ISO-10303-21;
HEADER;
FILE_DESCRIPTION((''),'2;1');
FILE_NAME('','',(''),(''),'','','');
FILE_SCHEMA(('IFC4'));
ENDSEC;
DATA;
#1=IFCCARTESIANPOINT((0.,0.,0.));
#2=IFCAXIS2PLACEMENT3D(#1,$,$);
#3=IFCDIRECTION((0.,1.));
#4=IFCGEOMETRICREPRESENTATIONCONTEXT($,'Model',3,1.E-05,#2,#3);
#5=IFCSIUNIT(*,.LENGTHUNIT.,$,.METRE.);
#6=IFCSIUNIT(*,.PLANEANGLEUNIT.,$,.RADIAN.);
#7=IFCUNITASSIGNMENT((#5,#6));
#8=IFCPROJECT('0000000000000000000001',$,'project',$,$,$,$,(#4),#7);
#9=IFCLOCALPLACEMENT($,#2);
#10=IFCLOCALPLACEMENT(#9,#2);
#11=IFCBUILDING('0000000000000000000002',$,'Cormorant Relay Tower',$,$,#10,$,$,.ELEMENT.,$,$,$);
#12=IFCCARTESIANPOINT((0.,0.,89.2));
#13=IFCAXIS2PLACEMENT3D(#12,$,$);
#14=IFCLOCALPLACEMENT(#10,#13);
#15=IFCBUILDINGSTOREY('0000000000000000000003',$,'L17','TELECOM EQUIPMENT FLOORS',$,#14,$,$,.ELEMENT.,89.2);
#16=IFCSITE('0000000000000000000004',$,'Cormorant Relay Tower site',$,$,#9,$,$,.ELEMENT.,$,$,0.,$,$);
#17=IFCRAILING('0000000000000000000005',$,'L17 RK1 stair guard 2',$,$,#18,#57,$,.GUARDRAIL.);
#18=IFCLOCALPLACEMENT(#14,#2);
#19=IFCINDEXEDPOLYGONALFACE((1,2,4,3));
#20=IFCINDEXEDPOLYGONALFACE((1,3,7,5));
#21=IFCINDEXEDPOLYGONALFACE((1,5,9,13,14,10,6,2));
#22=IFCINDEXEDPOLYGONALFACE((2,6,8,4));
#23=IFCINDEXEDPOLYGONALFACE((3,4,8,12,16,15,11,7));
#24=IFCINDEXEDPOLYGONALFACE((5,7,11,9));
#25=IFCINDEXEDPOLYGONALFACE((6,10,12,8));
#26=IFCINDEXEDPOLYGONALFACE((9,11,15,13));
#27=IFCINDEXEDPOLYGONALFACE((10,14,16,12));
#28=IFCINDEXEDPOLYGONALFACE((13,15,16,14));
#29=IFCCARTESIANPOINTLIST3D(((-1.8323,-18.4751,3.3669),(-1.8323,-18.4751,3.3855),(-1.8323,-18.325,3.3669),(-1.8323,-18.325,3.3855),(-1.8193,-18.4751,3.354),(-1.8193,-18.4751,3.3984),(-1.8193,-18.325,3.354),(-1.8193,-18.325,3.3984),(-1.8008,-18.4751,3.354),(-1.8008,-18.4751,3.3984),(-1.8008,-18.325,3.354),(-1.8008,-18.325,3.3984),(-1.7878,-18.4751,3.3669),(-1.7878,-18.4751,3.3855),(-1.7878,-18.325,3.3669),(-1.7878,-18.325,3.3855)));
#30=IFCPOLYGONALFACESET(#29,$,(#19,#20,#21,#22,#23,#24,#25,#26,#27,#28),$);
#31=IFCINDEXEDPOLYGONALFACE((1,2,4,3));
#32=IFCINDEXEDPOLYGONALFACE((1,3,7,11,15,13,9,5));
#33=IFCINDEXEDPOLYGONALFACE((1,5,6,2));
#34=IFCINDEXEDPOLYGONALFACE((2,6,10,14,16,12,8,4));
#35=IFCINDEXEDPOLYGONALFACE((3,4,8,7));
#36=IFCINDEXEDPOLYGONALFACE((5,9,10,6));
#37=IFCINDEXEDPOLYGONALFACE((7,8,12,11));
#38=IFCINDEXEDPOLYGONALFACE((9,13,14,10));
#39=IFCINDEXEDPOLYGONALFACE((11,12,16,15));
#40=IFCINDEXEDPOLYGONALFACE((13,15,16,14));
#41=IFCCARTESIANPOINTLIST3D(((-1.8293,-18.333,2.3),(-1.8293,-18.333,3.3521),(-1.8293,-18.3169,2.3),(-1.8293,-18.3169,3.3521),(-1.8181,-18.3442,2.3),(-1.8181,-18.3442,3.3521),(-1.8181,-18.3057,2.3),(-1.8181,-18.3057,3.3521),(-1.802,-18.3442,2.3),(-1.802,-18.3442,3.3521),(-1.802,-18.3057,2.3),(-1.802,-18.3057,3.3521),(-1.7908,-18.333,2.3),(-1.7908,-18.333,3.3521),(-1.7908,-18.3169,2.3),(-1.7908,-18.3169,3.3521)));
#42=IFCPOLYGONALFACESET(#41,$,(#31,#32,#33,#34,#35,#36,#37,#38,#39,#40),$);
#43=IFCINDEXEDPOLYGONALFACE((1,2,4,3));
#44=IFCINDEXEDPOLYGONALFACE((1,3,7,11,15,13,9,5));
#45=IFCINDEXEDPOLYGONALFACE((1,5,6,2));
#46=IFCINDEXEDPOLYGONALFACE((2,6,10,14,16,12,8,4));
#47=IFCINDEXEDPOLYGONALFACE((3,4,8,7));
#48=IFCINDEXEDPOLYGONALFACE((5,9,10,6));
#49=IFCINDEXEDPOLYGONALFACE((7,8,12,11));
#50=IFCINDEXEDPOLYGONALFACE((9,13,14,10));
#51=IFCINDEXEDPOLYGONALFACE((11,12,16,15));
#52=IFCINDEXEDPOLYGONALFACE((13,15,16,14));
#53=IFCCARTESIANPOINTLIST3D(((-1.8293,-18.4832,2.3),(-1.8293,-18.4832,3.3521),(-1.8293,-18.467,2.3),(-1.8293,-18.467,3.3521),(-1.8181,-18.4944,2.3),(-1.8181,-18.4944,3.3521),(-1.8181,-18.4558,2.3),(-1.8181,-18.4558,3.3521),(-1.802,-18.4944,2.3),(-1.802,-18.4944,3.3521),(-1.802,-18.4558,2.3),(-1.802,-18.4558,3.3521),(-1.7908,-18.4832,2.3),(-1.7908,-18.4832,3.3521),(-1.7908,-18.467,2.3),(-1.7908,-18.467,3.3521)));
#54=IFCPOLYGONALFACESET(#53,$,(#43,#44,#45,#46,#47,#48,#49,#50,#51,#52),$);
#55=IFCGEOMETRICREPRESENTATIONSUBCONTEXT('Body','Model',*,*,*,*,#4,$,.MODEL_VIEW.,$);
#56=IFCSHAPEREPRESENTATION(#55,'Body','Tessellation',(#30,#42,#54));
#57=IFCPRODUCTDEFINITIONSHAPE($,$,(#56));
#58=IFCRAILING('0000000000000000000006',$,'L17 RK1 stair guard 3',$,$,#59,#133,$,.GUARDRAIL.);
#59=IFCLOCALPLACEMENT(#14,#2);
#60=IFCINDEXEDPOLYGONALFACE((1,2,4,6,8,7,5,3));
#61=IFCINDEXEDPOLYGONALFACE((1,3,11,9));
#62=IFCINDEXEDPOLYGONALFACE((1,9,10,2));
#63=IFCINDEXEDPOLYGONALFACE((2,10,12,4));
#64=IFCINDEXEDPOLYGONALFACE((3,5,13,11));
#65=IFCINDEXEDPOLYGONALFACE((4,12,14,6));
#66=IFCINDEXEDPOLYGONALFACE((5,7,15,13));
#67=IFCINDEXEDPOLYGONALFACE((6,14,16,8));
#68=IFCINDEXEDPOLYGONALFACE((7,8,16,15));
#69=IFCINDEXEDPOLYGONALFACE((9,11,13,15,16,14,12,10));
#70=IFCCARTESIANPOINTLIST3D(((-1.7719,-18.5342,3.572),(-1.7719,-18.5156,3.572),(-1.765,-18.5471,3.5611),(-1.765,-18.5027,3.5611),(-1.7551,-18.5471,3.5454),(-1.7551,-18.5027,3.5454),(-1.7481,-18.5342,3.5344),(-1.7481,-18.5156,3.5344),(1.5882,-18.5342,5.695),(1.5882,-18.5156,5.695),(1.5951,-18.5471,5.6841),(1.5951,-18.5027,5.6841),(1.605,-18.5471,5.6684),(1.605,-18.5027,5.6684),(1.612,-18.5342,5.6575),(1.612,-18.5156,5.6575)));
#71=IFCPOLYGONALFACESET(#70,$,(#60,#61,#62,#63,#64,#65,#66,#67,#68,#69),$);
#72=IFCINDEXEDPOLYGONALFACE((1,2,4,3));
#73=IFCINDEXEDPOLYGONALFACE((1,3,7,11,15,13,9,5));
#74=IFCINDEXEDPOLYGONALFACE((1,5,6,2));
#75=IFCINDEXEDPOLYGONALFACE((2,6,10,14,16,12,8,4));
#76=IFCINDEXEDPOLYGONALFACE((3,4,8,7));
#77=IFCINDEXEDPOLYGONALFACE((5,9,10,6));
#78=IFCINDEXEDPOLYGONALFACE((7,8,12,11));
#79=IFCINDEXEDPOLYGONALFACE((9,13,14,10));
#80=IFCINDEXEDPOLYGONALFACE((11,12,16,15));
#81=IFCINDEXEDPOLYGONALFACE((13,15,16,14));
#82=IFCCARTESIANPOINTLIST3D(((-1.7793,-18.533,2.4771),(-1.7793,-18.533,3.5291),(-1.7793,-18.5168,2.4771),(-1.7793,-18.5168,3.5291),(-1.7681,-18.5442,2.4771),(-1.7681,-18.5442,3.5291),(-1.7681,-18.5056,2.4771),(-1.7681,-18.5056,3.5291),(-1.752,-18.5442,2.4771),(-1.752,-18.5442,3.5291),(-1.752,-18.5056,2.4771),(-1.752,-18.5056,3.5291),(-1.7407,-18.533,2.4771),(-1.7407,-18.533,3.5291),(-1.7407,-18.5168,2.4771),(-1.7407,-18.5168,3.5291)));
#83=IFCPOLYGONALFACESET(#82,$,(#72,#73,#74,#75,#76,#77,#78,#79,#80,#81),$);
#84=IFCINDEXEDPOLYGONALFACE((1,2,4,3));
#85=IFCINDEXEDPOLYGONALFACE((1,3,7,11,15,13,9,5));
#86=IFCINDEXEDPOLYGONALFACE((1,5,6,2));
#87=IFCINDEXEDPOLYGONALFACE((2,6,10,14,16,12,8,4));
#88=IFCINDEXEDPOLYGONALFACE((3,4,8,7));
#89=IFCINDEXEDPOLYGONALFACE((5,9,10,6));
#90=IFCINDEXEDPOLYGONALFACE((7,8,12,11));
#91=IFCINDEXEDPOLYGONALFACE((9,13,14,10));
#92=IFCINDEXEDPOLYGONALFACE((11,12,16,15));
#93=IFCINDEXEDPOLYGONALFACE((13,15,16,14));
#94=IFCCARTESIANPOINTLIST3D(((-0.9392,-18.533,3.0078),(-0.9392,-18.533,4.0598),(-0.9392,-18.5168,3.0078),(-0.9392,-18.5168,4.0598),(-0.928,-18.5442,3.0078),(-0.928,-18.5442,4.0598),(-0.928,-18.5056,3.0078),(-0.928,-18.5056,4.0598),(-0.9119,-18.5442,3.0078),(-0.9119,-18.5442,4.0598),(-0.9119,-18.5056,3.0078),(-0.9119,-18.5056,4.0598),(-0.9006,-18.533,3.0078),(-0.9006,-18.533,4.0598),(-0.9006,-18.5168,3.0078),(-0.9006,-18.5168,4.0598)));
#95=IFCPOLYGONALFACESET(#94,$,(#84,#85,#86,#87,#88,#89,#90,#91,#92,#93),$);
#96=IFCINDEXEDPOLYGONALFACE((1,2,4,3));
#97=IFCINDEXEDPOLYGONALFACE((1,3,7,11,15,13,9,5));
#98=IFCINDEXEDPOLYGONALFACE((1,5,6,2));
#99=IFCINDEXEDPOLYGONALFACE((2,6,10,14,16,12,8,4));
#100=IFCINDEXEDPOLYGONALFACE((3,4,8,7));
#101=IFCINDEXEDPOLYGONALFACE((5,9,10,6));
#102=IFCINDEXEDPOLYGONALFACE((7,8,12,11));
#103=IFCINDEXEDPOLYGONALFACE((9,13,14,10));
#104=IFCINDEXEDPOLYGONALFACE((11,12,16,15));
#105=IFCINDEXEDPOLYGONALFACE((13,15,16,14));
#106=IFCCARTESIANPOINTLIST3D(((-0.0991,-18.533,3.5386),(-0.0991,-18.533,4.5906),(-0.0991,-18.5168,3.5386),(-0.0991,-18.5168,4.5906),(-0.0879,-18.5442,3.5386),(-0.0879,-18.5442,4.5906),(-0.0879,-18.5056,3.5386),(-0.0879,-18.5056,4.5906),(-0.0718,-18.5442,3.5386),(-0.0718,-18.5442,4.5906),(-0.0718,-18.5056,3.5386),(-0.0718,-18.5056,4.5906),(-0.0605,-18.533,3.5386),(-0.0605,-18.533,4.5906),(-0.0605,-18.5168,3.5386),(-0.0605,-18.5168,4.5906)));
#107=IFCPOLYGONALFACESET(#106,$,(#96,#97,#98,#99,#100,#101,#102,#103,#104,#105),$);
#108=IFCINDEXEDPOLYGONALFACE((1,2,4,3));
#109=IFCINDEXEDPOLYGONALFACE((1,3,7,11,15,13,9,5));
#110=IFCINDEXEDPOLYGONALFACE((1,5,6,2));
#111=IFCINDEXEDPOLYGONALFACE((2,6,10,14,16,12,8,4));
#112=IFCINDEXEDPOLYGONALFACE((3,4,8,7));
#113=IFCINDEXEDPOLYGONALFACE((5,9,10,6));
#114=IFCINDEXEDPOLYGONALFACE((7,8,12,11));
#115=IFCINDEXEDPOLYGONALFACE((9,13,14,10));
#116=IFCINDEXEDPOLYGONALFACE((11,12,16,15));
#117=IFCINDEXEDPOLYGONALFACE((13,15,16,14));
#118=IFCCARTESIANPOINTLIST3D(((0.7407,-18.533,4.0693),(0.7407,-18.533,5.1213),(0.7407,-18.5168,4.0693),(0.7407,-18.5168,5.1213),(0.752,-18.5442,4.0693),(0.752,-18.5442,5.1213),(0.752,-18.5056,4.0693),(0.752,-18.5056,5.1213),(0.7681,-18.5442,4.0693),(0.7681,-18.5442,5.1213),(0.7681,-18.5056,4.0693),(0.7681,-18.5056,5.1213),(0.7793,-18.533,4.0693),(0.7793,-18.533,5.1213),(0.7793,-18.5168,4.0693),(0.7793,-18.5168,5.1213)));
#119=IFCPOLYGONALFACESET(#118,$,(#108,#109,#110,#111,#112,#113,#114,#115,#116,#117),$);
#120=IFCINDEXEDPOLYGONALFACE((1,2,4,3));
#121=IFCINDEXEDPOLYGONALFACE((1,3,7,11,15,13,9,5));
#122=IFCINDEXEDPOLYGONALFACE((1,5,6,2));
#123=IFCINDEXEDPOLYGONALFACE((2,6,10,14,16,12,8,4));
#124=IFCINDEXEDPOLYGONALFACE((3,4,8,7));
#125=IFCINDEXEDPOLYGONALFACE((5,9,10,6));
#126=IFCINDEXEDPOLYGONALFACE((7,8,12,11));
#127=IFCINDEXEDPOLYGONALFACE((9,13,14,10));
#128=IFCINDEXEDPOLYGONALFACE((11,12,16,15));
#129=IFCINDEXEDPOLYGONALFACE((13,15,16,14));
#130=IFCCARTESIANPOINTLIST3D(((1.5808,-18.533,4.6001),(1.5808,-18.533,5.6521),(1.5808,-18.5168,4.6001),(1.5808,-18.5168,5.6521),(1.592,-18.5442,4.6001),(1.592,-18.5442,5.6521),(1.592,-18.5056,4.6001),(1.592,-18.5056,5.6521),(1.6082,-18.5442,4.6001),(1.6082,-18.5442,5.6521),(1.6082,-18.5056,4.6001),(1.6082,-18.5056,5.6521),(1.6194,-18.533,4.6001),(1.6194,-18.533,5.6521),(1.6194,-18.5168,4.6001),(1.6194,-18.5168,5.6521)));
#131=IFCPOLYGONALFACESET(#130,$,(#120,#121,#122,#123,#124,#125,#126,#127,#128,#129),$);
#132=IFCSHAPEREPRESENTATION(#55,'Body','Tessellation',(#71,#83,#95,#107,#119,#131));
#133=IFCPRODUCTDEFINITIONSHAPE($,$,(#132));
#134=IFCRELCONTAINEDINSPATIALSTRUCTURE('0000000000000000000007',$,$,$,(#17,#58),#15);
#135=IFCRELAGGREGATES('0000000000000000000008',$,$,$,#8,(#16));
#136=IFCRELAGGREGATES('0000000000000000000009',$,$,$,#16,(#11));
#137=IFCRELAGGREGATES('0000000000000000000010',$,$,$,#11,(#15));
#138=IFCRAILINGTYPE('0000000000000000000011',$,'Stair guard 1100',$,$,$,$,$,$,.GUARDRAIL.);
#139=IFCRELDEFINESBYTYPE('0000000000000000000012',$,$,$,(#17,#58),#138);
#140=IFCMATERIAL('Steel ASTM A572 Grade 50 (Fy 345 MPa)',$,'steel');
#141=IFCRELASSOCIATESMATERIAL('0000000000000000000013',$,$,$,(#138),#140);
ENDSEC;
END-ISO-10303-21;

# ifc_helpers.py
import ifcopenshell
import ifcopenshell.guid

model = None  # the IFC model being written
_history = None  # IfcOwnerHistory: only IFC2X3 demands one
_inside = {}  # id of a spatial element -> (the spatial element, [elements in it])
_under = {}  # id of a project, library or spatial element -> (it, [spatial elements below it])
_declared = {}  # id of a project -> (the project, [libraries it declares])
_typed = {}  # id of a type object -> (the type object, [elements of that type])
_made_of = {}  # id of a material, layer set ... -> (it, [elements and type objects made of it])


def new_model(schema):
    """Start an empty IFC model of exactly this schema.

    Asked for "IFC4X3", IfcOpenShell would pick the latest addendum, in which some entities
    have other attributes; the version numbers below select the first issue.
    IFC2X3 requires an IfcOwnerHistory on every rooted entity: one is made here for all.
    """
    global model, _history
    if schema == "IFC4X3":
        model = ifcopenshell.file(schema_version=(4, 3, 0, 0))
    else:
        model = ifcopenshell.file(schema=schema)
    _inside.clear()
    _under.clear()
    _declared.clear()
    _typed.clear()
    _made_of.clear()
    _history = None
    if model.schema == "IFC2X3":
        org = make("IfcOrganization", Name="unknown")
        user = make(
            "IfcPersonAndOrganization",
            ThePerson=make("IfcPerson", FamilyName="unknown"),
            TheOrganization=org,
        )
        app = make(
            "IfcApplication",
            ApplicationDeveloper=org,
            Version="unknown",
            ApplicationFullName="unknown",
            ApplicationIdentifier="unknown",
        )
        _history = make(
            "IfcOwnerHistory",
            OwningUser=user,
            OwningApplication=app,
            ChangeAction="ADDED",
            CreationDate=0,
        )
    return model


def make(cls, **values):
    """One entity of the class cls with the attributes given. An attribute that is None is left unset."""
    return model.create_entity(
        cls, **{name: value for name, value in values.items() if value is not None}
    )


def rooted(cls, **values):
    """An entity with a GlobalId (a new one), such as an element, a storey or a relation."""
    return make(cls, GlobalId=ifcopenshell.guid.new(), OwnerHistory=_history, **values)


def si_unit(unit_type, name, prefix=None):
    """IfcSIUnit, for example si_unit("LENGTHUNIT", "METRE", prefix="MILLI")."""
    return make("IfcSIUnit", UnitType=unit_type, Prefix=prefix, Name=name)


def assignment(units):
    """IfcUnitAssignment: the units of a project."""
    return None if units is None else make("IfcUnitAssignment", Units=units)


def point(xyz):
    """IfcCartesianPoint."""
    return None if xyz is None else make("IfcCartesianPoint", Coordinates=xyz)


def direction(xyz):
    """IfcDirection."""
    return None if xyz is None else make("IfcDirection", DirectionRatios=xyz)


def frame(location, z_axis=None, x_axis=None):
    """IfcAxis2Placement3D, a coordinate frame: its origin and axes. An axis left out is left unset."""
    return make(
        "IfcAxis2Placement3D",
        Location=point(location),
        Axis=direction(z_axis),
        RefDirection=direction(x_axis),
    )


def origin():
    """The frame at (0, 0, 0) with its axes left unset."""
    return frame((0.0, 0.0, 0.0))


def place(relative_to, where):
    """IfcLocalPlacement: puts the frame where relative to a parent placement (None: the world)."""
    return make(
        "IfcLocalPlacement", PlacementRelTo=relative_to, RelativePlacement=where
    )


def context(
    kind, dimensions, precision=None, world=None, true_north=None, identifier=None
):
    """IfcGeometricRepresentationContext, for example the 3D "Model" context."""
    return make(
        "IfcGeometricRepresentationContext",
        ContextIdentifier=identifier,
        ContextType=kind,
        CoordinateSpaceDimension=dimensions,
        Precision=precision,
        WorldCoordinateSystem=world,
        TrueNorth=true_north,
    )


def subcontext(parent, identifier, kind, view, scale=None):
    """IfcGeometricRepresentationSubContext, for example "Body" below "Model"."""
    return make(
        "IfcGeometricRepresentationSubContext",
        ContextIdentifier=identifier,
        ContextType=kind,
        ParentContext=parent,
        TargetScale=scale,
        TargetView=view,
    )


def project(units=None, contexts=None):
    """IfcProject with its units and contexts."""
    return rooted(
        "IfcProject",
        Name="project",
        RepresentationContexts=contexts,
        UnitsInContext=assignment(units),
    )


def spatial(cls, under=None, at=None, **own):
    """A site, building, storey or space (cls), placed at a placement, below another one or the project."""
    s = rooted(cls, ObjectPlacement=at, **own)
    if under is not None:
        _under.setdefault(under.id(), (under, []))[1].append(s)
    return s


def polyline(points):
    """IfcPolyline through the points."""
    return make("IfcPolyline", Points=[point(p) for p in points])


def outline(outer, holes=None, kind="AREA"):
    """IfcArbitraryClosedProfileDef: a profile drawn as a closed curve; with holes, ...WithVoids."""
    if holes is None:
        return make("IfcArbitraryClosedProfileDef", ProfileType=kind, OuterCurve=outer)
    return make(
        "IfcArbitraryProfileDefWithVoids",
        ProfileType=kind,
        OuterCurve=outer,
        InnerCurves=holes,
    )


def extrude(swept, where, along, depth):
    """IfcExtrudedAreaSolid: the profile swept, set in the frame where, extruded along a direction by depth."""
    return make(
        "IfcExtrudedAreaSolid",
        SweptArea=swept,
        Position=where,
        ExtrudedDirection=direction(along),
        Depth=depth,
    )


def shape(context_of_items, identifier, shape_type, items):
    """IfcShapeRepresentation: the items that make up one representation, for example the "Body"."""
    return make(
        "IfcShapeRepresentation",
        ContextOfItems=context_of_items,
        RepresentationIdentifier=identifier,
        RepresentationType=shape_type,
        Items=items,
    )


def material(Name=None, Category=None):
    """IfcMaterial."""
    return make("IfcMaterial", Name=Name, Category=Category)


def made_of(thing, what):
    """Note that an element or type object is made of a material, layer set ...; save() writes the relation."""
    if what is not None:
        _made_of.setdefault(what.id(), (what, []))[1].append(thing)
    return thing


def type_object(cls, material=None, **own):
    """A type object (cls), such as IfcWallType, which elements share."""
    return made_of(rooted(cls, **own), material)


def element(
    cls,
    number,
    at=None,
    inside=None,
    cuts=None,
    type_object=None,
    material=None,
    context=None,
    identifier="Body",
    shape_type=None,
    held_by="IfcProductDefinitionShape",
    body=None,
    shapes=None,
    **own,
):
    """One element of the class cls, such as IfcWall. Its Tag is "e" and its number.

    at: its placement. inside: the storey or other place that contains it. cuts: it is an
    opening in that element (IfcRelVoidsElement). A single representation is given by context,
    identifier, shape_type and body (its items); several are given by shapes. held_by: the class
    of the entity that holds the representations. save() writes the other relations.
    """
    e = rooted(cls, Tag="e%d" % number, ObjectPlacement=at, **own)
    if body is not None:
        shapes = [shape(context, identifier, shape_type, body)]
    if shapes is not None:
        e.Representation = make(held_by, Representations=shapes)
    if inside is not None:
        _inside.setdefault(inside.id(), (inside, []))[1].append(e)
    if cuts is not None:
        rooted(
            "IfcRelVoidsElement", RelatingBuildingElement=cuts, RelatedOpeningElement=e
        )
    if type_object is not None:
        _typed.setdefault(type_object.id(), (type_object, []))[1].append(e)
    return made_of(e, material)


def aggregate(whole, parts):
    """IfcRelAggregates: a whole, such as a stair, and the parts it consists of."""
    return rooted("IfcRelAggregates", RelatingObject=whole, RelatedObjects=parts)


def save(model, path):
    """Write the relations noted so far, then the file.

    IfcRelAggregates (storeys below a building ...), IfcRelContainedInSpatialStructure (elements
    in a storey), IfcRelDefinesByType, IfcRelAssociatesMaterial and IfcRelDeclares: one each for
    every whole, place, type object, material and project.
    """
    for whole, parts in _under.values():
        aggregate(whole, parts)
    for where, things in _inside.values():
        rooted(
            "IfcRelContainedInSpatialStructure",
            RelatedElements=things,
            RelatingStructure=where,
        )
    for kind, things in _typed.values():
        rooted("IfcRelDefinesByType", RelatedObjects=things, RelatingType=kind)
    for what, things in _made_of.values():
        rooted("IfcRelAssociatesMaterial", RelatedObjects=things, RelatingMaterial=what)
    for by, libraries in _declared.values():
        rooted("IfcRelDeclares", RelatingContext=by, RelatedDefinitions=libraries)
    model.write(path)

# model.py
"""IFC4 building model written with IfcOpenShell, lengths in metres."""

from ifc_helpers import new_model, si_unit, direction, frame, origin, place, context, subcontext, project, spatial, polyline, outline, extrude, material, type_object, element, save


model = new_model("IFC4")

# Units and contexts
model_context = context("Model", 3, precision=1e-05, world=origin(), true_north=direction((0.0, 1.0)))
body_context = subcontext(model_context, "Body", "Model", "MODEL_VIEW")
ifc_project = project(units=[si_unit("LENGTHUNIT", "METRE"), si_unit("PLANEANGLEUNIT", "RADIAN")], contexts=[model_context])

# Site, building, storey
site_placement = place(None, origin())
site = spatial("IfcSite", under=ifc_project, at=site_placement, Name="Cormorant Relay Tower site", CompositionType="ELEMENT", RefElevation=0.0)
building_placement = place(site_placement, origin())
building = spatial("IfcBuilding", under=site, at=building_placement, Name="Cormorant Relay Tower", CompositionType="ELEMENT")
storey_placement = place(building_placement, frame((0.0, 0.0, 89.2)))
storey = spatial("IfcBuildingStorey", under=building, at=storey_placement, Name="L17", Description="TELECOM EQUIPMENT FLOORS", CompositionType="ELEMENT", Elevation=89.2)

# Railings
ifc_material_1 = material(Name="Steel ASTM A572 Grade 50 (Fy 345 MPa)", Category="steel")
railing_type_1 = type_object("IfcRailingType", Name="Stair guard 1100", PredefinedType="GUARDRAIL", material=ifc_material_1)
railing_1_placement = place(storey_placement, frame((-1.8101, -18.325, 2.3)))
element("IfcRailing", 1, at=railing_1_placement, inside=storey, type_object=railing_type_1, Name="L17 RK1 stair guard 2", PredefinedType="GUARDRAIL", context=body_context, shape_type="SweptSolid", body=[
    extrude(outline(polyline([(0.0222, 0.0093), (0.0093, 0.0222), (-0.0093, 0.0222), (-0.0222, 0.0093), (-0.0222, -0.0093), (-0.0093, -0.0222), (0.0093, -0.0222), (0.0222, -0.0093), (0.0222, 0.0093)])), frame((0.0, 0.0, 1.0762), z_axis=(0.0, -1.0, 0.0), x_axis=(1.0, 0.0, 0.0)), (0.0, 0.0, 1.0), 0.1501),
    extrude(outline(polyline([(0.0193, 0.0081), (0.0081, 0.0193), (-0.0081, 0.0193), (-0.0193, 0.0081), (-0.0193, -0.0081), (-0.0081, -0.0193), (0.0081, -0.0193), (0.0193, -0.0081), (0.0193, 0.0081)])), origin(), (0.0, 0.0, 1.0), 1.052),
    extrude(outline(polyline([(0.0193, 0.0081), (0.0081, 0.0193), (-0.0081, 0.0193), (-0.0193, 0.0081), (-0.0193, -0.0081), (-0.0081, -0.0193), (0.0081, -0.0193), (0.0193, -0.0081), (0.0193, 0.0081)])), frame((0.0, -0.1501, 0.0)), (0.0, 0.0, 1.0), 1.052),
])
railing_2_placement = place(storey_placement, frame((-1.76, -18.5249, 2.4771)))
element("IfcRailing", 2, at=railing_2_placement, inside=storey, type_object=railing_type_1, Name="L17 RK1 stair guard 3", PredefinedType="GUARDRAIL", context=body_context, shape_type="SweptSolid", body=[
    extrude(outline(polyline([(0.0222, 0.0093), (0.0093, 0.0222), (-0.0093, 0.0222), (-0.0222, 0.0093), (-0.0222, -0.0093), (-0.0093, -0.0222), (0.0093, -0.0222), (0.0222, -0.0093), (0.0222, 0.0093)])), frame((0.0, 0.0, 1.0762), z_axis=(0.84539, 0.0, 0.53415), x_axis=(0.0, 1.0, 0.0)), (0.0, 0.0, 1.0), 3.9746),
    extrude(outline(polyline([(0.0193, 0.0081), (0.0081, 0.0193), (-0.0081, 0.0193), (-0.0193, 0.0081), (-0.0193, -0.0081), (-0.0081, -0.0193), (0.0081, -0.0193), (0.0193, -0.0081), (0.0193, 0.0081)])), origin(), (0.0, 0.0, 1.0), 1.052),
    extrude(outline(polyline([(0.0193, 0.0081), (0.0081, 0.0193), (-0.0081, 0.0193), (-0.0193, 0.0081), (-0.0193, -0.0081), (-0.0081, -0.0193), (0.0081, -0.0193), (0.0193, -0.0081), (0.0193, 0.0081)])), frame((0.8401, 0.0, 0.5308)), (0.0, 0.0, 1.0), 1.052),
    extrude(outline(polyline([(0.0193, 0.0081), (0.0081, 0.0193), (-0.0081, 0.0193), (-0.0193, 0.0081), (-0.0193, -0.0081), (-0.0081, -0.0193), (0.0081, -0.0193), (0.0193, -0.0081), (0.0193, 0.0081)])), frame((1.6802, 0.0, 1.0615)), (0.0, 0.0, 1.0), 1.052),
    extrude(outline(polyline([(0.0193, 0.0081), (0.0081, 0.0193), (-0.0081, 0.0193), (-0.0193, 0.0081), (-0.0193, -0.0081), (-0.0081, -0.0193), (0.0081, -0.0193), (0.0193, -0.0081), (0.0193, 0.0081)])), frame((2.52, 0.0, 1.5923)), (0.0, 0.0, 1.0), 1.052),
    extrude(outline(polyline([(0.0193, 0.0081), (0.0081, 0.0193), (-0.0081, 0.0193), (-0.0193, 0.0081), (-0.0193, -0.0081), (-0.0081, -0.0193), (0.0081, -0.0193), (0.0193, -0.0081), (0.0193, 0.0081)])), frame((3.3601, 0.0, 2.123)), (0.0, 0.0, 1.0), 1.052),
])

save(model, "model.ifc")
